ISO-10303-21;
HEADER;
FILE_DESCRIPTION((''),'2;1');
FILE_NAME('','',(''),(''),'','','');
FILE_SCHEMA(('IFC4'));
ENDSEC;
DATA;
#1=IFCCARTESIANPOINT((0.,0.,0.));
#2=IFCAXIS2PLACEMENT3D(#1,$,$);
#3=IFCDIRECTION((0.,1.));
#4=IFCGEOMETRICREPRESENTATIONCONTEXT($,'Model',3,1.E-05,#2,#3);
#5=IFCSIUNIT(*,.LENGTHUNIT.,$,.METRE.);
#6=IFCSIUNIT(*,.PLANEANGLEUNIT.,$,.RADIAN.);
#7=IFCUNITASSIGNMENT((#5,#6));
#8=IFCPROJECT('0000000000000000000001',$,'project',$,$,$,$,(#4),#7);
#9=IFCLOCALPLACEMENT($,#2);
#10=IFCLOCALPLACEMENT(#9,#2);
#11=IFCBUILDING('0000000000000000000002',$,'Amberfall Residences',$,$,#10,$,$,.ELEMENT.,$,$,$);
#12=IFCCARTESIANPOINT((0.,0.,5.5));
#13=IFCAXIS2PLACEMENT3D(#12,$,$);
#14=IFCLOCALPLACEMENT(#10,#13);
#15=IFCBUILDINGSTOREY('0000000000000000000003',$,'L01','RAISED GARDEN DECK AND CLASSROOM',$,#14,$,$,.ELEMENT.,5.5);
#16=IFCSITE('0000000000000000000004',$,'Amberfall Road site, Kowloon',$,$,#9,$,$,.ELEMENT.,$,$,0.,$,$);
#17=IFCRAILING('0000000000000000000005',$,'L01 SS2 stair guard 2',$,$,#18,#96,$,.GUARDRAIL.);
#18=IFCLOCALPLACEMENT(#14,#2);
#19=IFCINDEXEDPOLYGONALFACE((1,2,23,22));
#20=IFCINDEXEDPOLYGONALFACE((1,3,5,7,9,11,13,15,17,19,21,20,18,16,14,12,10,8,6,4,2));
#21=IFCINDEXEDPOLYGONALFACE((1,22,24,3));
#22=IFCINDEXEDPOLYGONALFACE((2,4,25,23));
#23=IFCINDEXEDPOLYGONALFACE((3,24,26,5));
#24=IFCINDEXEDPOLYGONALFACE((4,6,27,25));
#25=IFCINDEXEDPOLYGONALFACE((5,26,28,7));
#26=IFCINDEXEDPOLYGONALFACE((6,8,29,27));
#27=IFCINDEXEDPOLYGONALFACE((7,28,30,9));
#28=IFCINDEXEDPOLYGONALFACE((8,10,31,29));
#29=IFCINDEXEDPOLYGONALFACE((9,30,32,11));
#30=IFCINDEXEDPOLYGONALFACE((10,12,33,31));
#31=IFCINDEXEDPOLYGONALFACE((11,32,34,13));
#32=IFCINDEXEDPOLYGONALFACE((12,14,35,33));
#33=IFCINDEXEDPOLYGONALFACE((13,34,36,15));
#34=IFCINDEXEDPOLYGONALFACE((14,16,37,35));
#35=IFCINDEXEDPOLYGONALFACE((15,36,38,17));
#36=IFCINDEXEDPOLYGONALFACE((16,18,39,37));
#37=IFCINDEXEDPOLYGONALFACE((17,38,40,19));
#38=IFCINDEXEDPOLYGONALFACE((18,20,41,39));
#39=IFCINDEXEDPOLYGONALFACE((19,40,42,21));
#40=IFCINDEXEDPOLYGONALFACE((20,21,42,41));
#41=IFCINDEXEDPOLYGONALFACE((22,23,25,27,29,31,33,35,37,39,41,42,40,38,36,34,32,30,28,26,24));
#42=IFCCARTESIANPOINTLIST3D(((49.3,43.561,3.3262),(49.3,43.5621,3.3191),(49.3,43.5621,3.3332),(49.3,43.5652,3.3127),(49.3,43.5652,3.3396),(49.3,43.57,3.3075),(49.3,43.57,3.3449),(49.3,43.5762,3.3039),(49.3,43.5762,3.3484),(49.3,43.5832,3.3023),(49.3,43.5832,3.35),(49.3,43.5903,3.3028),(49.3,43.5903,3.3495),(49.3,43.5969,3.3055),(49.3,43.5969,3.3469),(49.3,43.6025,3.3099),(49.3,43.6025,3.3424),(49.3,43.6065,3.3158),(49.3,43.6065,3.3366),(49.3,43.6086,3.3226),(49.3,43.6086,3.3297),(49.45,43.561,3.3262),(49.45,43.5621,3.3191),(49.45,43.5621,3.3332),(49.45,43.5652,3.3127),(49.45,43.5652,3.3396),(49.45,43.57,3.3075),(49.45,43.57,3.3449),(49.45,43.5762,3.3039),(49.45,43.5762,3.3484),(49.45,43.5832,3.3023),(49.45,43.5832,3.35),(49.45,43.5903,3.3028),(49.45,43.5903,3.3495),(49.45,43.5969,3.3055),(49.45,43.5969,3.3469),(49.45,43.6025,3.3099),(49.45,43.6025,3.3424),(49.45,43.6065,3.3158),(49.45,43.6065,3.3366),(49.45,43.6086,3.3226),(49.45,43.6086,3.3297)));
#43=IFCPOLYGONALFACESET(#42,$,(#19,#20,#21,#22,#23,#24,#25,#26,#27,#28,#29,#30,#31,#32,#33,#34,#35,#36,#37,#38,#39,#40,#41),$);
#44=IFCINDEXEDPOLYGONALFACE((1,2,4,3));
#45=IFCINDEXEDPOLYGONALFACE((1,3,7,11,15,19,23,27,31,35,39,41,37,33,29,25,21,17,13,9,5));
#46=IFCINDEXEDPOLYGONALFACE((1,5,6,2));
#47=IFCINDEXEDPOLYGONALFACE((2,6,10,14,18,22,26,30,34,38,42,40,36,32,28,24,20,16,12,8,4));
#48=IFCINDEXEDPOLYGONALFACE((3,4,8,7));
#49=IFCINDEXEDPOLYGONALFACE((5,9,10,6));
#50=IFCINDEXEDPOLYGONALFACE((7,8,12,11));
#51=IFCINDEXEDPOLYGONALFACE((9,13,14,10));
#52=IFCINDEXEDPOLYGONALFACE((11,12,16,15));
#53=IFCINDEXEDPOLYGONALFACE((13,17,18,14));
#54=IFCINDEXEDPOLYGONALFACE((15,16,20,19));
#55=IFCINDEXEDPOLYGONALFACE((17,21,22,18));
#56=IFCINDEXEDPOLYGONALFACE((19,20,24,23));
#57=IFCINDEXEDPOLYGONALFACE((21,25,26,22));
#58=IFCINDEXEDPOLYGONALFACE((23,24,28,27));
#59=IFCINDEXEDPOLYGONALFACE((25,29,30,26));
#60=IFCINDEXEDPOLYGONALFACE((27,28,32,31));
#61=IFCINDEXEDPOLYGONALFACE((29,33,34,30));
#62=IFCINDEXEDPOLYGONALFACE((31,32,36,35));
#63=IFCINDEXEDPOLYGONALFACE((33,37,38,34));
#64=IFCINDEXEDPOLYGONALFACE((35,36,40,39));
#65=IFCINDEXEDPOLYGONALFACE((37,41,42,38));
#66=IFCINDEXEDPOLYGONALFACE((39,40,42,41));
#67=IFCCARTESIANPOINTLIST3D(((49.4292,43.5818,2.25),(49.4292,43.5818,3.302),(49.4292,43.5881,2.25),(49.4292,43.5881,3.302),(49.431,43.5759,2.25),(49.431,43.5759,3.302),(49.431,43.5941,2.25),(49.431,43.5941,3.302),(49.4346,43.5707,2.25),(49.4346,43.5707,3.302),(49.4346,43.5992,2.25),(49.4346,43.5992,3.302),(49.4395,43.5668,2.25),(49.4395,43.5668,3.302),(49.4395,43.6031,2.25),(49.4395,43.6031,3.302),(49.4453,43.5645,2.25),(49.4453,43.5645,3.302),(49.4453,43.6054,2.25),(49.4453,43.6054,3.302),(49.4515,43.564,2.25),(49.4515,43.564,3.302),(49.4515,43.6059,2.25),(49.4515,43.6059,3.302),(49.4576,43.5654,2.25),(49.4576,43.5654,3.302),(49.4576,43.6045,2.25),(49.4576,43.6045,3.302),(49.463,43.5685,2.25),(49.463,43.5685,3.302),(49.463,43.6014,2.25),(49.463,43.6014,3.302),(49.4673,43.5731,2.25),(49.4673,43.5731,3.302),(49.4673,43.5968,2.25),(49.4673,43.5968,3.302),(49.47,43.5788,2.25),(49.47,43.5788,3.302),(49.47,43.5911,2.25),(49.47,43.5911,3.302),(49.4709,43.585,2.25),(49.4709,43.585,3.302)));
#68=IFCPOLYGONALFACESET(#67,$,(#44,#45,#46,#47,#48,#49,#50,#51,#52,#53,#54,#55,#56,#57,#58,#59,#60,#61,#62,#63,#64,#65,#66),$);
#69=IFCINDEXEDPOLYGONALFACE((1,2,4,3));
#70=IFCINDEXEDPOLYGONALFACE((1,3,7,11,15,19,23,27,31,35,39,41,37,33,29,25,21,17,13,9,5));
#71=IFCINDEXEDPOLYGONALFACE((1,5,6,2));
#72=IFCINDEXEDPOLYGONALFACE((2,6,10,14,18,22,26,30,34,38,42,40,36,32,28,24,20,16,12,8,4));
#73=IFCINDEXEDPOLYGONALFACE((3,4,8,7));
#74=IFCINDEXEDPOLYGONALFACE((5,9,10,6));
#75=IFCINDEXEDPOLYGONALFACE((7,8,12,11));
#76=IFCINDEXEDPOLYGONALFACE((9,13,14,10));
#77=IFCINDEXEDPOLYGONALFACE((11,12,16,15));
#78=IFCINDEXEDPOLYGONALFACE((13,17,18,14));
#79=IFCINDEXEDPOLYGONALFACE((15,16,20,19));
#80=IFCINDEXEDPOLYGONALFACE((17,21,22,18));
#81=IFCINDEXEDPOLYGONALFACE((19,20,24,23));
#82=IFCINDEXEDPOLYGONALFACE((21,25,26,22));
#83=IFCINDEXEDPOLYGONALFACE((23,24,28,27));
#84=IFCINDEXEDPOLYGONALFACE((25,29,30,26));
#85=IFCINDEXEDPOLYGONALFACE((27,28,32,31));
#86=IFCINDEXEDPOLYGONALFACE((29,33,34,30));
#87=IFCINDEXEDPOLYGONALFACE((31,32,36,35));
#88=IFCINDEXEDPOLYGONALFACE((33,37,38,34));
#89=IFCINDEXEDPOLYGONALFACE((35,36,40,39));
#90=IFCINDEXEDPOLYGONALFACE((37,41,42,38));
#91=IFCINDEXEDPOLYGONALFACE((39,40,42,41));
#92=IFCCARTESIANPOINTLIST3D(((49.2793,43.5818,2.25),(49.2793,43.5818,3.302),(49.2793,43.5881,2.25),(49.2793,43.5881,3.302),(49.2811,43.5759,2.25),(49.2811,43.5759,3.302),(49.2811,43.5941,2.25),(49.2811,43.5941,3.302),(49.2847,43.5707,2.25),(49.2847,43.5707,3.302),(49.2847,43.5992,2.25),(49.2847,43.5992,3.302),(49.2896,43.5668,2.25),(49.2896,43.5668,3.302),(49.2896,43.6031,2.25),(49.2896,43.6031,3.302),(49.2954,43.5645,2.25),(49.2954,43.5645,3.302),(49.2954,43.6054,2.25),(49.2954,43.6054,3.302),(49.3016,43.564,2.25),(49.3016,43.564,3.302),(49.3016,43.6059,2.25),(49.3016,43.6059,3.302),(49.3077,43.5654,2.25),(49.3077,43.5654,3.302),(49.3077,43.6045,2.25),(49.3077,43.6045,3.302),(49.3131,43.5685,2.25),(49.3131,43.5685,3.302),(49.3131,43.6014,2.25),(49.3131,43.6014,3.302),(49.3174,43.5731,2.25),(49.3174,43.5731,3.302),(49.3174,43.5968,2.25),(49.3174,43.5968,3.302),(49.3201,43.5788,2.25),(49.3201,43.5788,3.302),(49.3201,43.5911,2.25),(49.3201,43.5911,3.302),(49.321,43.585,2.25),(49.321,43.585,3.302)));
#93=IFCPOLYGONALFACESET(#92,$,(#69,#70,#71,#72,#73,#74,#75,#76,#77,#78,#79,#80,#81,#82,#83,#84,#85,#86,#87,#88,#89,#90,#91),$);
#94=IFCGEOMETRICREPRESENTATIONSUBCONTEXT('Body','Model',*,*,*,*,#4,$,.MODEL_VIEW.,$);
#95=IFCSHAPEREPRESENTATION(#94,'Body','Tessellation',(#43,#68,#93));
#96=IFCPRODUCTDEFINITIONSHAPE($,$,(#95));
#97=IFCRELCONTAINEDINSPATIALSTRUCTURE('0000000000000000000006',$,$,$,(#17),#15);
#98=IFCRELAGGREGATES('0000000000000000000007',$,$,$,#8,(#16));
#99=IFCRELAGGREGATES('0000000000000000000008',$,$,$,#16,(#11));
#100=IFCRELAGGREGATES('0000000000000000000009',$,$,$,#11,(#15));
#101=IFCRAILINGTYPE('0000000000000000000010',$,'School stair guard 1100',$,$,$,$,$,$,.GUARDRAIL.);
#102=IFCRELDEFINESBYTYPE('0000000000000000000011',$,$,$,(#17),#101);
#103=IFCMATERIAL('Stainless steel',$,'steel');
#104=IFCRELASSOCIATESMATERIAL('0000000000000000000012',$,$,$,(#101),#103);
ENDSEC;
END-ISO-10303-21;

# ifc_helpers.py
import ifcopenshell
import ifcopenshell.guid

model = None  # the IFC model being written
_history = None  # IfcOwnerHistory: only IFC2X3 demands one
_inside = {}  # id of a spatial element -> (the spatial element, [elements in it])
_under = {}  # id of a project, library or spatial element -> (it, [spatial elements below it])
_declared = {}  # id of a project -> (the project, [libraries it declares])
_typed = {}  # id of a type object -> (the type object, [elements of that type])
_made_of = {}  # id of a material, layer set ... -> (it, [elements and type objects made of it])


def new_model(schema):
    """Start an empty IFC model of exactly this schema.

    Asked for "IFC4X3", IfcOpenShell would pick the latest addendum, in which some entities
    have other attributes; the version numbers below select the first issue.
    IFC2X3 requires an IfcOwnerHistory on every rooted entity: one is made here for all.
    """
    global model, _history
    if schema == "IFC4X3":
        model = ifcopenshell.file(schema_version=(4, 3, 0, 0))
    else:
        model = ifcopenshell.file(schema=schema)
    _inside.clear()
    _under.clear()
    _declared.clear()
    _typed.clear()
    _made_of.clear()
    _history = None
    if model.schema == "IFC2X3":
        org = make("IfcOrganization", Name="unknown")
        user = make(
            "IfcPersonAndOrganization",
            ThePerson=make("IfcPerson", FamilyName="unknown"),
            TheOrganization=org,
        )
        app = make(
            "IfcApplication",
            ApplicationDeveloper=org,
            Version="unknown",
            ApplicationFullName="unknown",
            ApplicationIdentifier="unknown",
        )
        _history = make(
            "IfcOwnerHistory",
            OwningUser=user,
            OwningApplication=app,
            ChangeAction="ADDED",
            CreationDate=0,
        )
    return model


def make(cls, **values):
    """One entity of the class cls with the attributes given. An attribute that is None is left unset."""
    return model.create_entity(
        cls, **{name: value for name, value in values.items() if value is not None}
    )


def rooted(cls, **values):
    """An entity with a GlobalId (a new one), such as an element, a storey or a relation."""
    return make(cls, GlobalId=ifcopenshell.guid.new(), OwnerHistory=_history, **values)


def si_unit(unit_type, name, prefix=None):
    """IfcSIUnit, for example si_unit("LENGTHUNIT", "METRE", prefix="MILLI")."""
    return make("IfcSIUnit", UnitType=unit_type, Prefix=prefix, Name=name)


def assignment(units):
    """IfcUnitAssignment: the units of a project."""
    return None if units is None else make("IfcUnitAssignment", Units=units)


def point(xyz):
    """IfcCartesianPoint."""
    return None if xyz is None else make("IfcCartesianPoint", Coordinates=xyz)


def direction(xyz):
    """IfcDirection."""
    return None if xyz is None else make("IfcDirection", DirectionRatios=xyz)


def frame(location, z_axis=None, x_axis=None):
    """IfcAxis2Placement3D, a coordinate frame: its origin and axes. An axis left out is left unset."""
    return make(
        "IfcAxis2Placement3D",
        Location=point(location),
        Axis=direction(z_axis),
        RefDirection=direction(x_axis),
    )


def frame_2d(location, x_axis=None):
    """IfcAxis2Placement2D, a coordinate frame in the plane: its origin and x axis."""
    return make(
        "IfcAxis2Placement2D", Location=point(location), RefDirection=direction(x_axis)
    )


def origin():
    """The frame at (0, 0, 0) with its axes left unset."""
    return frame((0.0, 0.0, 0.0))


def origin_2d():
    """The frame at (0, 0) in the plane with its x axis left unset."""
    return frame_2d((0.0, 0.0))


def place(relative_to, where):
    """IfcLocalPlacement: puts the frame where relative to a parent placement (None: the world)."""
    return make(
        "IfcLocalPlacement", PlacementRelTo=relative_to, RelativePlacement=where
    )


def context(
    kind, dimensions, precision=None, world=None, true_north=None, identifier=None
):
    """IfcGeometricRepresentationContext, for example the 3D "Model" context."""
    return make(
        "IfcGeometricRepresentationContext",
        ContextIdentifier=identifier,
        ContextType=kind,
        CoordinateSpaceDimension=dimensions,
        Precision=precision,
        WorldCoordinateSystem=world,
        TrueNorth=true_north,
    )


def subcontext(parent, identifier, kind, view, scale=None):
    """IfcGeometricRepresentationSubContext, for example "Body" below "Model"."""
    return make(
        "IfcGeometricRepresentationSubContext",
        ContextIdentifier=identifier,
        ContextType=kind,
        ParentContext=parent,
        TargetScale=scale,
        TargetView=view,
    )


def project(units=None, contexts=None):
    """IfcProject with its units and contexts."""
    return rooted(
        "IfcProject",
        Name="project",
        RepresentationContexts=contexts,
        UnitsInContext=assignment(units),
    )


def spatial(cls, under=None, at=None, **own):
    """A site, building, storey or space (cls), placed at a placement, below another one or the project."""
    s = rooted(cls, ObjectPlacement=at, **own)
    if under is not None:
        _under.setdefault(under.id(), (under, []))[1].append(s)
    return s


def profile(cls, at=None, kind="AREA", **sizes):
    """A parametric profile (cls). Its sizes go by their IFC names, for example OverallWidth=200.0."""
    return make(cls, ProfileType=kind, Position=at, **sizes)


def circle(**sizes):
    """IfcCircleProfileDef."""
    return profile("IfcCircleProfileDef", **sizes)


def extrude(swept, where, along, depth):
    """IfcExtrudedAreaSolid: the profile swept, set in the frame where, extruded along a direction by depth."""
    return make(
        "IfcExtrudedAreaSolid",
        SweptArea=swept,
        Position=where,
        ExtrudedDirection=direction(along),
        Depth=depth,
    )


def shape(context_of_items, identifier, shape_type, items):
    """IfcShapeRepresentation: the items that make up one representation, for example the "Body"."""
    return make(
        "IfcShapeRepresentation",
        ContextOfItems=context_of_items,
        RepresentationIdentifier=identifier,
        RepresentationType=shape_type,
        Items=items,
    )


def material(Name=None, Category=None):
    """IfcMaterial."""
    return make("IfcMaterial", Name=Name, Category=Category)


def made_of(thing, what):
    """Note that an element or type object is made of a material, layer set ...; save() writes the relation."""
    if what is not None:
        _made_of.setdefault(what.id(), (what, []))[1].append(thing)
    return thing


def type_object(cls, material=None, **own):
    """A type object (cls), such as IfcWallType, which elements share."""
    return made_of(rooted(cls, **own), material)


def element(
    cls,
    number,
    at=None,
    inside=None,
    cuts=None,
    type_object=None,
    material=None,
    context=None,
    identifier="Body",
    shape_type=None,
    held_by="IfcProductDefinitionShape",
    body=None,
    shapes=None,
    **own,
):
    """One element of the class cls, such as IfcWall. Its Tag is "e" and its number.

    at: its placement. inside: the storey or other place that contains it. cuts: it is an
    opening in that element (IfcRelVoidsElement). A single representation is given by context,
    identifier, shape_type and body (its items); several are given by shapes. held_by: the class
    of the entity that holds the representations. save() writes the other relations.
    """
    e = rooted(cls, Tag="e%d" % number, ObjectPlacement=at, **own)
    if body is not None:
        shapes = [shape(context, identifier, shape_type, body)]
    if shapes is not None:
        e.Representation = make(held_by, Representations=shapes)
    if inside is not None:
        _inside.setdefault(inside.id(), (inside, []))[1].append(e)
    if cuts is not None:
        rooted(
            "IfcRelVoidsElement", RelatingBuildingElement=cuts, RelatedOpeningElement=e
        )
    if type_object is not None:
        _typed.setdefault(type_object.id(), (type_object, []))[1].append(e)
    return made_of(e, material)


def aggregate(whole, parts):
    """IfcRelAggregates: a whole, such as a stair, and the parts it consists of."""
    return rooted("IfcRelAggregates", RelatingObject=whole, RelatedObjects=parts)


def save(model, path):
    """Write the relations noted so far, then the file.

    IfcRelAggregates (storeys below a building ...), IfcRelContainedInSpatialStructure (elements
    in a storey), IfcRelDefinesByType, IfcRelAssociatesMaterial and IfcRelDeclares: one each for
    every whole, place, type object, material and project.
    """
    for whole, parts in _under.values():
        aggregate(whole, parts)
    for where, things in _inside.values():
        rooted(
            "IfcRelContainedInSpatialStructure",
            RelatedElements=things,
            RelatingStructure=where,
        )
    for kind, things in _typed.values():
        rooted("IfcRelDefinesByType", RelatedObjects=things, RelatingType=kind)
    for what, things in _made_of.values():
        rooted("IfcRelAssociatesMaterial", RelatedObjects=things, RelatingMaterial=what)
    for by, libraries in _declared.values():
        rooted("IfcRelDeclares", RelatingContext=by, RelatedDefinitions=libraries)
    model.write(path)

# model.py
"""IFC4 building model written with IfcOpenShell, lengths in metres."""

from ifc_helpers import new_model, si_unit, direction, frame, origin, origin_2d, place, context, subcontext, project, spatial, circle, extrude, material, type_object, element, save


model = new_model("IFC4")

# Units and contexts
model_context = context("Model", 3, precision=1e-05, world=origin(), true_north=direction((0.0, 1.0)))
body_context = subcontext(model_context, "Body", "Model", "MODEL_VIEW")
ifc_project = project(units=[si_unit("LENGTHUNIT", "METRE"), si_unit("PLANEANGLEUNIT", "RADIAN")], contexts=[model_context])

# Site, building, storey
site_placement = place(None, origin())
site = spatial("IfcSite", under=ifc_project, at=site_placement, Name="Amberfall Road site, Kowloon", CompositionType="ELEMENT", RefElevation=0.0)
building_placement = place(site_placement, origin())
building = spatial("IfcBuilding", under=site, at=building_placement, Name="Amberfall Residences", CompositionType="ELEMENT")
storey_placement = place(building_placement, frame((0.0, 0.0, 5.5)))
storey = spatial("IfcBuildingStorey", under=building, at=storey_placement, Name="L01", Description="RAISED GARDEN DECK AND CLASSROOM", CompositionType="ELEMENT", Elevation=5.5)

# Railing
ifc_material_1 = material(Name="Stainless steel", Category="steel")
railing_type = type_object("IfcRailingType", Name="School stair guard 1100", PredefinedType="GUARDRAIL", material=ifc_material_1)
railing_1_placement = place(storey_placement, frame((49.45, 43.585, 2.25)))
element("IfcRailing", 1, at=railing_1_placement, inside=storey, type_object=railing_type, Name="L01 SS2 stair guard 2", PredefinedType="GUARDRAIL", context=body_context, shape_type="SweptSolid", body=[
    extrude(circle(Radius=0.0239, at=origin_2d()), frame((0.0, 0.0, 1.0762), z_axis=(-1.0, 0.0, 0.0), x_axis=(0.0, -1.0, 0.0)), (0.0, 0.0, 1.0), 0.1499),
    extrude(circle(Radius=0.021, at=origin_2d()), origin(), (0.0, 0.0, 1.0), 1.052),
    extrude(circle(Radius=0.021, at=origin_2d()), frame((-0.1499, 0.0, 0.0)), (0.0, 0.0, 1.0), 1.052),
])

save(model, "model.ifc")
